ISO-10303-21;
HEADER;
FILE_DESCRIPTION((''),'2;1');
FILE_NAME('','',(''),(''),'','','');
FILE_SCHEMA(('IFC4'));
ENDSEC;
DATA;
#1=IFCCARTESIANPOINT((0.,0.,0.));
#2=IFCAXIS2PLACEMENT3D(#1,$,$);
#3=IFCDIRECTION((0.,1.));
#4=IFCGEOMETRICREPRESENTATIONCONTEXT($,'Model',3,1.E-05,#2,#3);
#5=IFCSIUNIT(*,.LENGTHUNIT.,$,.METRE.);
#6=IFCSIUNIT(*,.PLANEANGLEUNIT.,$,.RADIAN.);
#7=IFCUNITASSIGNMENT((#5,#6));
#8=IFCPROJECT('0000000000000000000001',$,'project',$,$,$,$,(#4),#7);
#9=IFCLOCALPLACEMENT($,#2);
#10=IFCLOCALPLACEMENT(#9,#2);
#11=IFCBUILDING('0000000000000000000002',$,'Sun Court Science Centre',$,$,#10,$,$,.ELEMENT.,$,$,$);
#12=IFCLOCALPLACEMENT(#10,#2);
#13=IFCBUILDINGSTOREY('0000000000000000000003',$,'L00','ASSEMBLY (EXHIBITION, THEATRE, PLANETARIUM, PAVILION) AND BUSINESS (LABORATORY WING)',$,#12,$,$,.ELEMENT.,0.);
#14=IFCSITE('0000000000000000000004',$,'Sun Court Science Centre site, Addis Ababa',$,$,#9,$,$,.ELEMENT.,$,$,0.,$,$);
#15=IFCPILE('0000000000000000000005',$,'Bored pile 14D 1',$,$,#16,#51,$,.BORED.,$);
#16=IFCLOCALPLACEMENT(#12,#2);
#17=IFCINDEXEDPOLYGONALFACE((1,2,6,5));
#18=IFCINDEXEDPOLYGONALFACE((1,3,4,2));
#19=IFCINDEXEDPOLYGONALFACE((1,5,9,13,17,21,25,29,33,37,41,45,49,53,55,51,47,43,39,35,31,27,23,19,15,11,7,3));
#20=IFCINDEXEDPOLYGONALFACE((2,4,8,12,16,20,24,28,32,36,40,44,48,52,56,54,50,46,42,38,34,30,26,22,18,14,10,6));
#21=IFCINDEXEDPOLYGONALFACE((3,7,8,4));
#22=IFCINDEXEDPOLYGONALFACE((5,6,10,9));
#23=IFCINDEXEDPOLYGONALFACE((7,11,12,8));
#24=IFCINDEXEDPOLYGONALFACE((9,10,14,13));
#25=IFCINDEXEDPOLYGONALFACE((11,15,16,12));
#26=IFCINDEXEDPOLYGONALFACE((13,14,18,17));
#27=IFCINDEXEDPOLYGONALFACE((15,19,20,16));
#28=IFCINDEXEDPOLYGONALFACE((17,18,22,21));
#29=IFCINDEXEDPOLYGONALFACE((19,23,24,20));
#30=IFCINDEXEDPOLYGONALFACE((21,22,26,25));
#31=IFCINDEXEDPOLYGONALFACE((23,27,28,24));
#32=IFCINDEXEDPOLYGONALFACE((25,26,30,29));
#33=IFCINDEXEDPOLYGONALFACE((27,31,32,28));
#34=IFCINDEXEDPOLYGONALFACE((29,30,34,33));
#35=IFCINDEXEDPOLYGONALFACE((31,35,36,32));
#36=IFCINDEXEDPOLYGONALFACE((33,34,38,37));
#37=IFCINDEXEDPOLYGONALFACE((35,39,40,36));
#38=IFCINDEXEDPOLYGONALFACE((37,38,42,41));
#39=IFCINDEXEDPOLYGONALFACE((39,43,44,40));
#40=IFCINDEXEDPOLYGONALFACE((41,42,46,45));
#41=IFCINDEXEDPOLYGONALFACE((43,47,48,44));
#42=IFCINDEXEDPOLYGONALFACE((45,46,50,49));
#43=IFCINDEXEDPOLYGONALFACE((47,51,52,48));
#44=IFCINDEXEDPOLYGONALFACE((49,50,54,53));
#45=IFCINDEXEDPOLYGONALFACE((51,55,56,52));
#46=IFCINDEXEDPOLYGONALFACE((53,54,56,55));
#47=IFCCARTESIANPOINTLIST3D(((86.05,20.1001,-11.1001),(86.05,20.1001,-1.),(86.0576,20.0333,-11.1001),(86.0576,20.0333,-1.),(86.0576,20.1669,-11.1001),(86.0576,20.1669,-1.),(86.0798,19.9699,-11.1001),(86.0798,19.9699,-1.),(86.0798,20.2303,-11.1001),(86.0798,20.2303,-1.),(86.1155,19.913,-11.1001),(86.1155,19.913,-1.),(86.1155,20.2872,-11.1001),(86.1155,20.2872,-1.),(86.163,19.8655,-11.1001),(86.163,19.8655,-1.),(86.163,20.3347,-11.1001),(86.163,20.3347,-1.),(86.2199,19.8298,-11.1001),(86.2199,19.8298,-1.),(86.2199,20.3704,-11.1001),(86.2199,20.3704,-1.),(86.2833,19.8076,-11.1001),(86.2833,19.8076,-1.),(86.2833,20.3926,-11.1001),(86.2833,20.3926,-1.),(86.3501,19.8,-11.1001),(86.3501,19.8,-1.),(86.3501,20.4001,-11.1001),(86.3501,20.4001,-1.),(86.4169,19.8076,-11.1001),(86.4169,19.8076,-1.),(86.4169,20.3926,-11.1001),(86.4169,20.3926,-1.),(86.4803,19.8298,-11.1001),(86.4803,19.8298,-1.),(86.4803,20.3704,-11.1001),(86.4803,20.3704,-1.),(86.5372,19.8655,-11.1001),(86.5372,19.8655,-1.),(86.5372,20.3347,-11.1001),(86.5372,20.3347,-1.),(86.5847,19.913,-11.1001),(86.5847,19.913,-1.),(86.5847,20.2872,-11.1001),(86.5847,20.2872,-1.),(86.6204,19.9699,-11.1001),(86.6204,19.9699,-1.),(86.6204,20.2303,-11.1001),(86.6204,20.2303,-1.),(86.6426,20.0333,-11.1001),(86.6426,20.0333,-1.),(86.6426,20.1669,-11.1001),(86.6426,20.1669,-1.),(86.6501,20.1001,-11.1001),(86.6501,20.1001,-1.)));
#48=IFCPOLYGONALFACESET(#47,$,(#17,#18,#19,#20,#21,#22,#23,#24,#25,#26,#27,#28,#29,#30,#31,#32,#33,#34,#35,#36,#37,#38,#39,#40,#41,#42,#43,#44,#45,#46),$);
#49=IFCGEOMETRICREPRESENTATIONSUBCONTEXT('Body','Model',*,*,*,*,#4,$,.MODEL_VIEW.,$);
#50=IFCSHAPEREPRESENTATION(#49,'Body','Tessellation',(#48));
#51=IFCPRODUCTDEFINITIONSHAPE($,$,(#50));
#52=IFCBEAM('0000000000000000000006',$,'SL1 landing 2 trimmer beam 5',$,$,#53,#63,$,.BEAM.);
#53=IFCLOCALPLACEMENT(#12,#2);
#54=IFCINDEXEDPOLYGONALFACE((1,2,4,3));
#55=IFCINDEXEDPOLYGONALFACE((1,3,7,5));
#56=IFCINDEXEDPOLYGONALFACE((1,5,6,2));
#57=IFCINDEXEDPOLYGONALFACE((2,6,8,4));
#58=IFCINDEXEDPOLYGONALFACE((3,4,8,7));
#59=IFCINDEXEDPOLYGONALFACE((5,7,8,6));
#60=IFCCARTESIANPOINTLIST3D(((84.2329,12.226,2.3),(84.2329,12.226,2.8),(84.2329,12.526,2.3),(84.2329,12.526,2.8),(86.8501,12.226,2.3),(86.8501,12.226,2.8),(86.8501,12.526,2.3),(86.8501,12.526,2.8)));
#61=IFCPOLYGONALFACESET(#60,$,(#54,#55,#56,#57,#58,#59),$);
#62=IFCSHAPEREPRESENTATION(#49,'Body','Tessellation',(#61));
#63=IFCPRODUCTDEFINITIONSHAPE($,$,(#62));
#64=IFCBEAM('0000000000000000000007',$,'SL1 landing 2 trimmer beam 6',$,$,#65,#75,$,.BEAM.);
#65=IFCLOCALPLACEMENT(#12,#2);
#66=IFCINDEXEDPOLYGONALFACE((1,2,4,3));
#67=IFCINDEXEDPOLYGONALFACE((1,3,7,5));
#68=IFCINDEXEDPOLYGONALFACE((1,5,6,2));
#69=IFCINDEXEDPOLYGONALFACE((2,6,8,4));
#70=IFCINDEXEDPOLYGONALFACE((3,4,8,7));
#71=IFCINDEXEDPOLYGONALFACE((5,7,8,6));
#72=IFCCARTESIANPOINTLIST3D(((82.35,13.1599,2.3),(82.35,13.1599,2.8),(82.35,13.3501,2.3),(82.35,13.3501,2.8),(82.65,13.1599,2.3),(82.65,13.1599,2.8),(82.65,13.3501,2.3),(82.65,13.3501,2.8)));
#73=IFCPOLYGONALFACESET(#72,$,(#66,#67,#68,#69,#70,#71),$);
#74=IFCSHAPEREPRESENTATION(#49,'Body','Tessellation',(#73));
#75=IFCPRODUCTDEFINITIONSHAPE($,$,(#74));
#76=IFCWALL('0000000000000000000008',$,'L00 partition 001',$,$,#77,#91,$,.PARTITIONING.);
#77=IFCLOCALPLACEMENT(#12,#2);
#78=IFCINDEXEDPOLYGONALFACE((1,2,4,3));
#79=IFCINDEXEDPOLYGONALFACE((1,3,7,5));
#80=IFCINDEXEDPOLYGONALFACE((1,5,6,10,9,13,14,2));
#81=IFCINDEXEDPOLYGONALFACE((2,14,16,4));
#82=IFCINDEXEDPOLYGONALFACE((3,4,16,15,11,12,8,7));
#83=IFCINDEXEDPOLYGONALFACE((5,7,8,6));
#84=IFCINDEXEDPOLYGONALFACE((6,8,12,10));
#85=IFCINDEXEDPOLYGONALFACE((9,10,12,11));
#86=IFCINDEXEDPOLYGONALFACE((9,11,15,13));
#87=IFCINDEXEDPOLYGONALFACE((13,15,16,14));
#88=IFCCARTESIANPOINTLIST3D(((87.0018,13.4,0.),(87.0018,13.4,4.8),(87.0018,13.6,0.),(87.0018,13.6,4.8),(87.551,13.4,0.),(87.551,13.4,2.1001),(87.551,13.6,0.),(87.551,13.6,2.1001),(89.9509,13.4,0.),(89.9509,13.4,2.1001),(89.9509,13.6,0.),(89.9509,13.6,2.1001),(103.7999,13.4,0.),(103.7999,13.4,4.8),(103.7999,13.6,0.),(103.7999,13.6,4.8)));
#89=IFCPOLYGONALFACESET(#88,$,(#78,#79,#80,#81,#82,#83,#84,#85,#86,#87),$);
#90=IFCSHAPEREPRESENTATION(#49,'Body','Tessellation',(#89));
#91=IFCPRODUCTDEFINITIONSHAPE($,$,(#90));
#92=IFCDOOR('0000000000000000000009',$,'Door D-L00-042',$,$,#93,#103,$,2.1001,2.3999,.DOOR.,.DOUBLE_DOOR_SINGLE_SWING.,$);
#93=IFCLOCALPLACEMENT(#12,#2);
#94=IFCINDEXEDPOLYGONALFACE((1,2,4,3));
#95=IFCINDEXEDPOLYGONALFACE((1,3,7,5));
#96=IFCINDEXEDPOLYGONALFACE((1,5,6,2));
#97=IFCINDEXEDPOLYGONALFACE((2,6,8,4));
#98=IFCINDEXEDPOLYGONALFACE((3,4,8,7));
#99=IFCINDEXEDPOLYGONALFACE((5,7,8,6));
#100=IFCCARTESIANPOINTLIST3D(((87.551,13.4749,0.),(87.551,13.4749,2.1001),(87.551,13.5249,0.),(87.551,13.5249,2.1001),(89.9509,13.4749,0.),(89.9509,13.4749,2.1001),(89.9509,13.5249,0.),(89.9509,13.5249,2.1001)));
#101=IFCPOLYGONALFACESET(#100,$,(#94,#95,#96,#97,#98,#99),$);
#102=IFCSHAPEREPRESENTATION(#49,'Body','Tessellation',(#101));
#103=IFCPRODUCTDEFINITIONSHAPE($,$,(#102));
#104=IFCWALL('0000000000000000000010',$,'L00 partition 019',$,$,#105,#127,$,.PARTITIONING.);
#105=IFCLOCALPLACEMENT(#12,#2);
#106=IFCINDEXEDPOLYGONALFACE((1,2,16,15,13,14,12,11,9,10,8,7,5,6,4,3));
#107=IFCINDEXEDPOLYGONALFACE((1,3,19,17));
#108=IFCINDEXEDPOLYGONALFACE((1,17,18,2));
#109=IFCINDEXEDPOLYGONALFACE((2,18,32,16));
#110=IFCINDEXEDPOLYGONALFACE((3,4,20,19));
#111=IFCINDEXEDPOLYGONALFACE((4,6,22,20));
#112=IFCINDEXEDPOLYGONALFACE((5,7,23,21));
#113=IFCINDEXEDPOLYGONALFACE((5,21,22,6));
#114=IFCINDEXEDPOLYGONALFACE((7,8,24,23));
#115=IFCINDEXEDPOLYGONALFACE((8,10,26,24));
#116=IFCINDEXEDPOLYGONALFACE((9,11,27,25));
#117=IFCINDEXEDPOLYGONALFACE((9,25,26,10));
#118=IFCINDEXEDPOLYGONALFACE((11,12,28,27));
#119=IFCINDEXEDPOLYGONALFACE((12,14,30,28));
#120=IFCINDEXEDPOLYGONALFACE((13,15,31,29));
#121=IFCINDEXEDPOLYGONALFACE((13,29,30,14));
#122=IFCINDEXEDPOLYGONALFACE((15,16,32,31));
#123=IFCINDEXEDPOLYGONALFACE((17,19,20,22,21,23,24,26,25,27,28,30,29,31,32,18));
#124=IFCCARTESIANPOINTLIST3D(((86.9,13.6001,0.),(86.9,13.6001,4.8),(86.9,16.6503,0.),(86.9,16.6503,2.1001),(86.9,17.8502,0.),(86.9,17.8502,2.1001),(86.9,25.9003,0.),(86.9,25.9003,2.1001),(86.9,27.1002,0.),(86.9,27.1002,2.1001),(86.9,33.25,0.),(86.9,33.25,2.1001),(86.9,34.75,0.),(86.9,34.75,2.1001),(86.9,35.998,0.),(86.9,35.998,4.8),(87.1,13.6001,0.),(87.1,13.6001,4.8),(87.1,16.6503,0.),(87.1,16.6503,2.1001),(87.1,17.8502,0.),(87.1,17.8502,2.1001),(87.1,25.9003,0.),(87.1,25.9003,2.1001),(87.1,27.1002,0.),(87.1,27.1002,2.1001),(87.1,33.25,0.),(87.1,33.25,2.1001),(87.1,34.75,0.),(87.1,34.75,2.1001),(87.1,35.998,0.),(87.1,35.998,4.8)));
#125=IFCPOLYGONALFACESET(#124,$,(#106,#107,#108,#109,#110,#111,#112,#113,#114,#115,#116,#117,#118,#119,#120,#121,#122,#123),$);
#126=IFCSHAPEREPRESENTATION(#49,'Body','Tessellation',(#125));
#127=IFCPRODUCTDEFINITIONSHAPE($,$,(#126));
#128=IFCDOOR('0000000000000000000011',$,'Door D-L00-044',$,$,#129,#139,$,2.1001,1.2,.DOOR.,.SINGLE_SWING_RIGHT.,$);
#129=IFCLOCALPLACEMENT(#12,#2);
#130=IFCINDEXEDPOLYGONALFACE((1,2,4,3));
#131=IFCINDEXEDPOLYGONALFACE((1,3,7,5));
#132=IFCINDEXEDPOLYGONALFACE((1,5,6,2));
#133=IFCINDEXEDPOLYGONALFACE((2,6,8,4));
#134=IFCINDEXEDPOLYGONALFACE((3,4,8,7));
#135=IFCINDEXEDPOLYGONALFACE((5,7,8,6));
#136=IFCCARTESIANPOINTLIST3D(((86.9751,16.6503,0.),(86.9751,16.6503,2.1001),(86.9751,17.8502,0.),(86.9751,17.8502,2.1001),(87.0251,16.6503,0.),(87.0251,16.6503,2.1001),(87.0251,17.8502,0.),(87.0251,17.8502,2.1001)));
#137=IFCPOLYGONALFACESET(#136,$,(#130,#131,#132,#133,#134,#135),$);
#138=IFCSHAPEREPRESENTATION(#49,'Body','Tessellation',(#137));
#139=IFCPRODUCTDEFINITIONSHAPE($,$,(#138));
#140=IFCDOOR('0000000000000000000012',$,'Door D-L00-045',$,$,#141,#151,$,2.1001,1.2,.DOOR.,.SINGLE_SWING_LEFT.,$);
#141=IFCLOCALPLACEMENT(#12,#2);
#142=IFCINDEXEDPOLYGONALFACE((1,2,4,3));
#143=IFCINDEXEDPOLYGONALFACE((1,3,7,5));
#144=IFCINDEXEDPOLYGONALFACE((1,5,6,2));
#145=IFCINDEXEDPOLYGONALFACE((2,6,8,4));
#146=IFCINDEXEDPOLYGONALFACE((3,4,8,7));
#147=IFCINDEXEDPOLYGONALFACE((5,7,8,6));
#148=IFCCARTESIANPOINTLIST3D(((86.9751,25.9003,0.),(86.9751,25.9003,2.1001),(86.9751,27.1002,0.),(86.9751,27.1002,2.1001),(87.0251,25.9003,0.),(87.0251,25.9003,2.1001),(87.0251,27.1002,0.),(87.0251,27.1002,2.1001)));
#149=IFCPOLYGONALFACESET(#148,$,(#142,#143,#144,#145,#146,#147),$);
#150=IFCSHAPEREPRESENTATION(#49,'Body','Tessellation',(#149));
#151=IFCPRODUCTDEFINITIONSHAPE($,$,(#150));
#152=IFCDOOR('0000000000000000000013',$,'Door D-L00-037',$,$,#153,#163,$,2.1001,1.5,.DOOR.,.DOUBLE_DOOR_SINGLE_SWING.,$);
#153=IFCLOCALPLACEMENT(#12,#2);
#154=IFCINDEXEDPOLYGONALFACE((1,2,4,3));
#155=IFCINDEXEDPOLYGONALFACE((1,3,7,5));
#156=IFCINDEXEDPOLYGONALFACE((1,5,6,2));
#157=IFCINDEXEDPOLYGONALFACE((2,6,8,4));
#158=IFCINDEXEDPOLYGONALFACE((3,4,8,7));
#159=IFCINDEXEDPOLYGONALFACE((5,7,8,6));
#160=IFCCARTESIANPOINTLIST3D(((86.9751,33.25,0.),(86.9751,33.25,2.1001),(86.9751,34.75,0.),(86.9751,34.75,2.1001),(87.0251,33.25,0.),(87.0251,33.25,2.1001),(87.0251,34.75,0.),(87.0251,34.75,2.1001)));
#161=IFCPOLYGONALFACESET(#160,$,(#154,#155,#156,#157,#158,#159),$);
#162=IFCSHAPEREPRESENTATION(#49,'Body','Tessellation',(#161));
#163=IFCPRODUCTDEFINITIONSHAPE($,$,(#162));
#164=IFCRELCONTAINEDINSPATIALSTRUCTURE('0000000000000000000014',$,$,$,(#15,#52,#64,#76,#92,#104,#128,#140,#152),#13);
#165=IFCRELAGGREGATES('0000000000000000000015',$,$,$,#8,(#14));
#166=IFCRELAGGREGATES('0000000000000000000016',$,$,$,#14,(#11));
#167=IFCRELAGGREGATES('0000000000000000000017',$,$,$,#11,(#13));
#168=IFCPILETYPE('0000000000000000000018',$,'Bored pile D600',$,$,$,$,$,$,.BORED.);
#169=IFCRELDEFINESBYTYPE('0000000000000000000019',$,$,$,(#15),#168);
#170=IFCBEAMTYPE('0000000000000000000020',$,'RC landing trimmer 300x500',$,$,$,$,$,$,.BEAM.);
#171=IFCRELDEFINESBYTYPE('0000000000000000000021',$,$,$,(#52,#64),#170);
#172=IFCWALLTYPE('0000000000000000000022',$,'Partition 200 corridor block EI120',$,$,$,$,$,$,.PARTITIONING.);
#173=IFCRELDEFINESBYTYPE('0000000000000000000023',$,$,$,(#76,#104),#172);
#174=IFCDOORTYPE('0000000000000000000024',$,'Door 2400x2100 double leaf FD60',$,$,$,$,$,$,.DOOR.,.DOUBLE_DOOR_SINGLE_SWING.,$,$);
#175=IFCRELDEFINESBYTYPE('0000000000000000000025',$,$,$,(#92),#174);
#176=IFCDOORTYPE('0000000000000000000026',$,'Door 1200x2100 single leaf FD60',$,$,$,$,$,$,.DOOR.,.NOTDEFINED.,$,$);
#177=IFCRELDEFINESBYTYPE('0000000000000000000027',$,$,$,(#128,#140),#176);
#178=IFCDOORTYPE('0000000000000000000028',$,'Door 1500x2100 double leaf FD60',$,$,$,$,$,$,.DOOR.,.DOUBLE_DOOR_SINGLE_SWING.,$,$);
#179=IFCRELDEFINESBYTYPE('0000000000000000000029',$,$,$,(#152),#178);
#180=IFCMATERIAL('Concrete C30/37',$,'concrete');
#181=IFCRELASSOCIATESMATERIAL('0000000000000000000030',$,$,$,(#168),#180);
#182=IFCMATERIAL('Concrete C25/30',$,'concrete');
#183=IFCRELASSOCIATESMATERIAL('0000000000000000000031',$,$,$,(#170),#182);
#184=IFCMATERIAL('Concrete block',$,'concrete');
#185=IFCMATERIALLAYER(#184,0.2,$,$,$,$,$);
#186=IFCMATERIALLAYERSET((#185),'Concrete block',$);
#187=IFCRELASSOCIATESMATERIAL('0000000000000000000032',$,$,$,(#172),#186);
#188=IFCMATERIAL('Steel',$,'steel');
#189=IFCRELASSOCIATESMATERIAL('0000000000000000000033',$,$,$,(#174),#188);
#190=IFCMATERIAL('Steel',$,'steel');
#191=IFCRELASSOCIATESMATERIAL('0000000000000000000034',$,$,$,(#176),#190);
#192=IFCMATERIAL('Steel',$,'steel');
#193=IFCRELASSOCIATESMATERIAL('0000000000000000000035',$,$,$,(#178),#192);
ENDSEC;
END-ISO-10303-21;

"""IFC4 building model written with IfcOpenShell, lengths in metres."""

from ifc_helpers import new_model, si_unit, direction, frame, frame_2d, origin, origin_2d, place, context, subcontext, project, spatial, rectangle, circle, extrude, material, layer, layer_set, material_profile, profile_set, type_object, element, fill, save


model = new_model("IFC4")

# Units and contexts
model_context = context("Model", 3, precision=1e-05, world=origin(), true_north=direction((0.0, 1.0)))
body_context = subcontext(model_context, "Body", "Model", "MODEL_VIEW")
ifc_project = project(units=[si_unit("LENGTHUNIT", "METRE"), si_unit("PLANEANGLEUNIT", "RADIAN")], contexts=[model_context])

# Site, building, storey
site_placement = place(None, origin())
site = spatial("IfcSite", under=ifc_project, at=site_placement, Name="Sun Court Science Centre site, Addis Ababa", CompositionType="ELEMENT", RefElevation=0.0)
building_placement = place(site_placement, origin())
building = spatial("IfcBuilding", under=site, at=building_placement, Name="Sun Court Science Centre", CompositionType="ELEMENT")
storey_placement = place(building_placement, origin())
storey = spatial("IfcBuildingStorey", under=building, at=storey_placement, Name="L00", Description="ASSEMBLY (EXHIBITION, THEATRE, PLANETARIUM, PAVILION) AND BUSINESS (LABORATORY WING)", CompositionType="ELEMENT", Elevation=0.0)

# Pile
ifc_material_1 = material(Name="Concrete C30/37", Category="concrete")
ifc_material_profile_1 = material_profile(ifc_material_1, circle(Radius=0.3, at=origin_2d()), Name="RC D600")
ifc_profile_set_1 = profile_set([ifc_material_profile_1], Name="Concrete C30/37")
pile_type = type_object("IfcPileType", Name="Bored pile D600", PredefinedType="BORED", material=ifc_profile_set_1)
pile_placement = place(storey_placement, frame((86.3501, 20.1001, -1.0), z_axis=(0.0, 0.0, -1.0), x_axis=(1.0, 0.0, 0.0)))
element("IfcPile", 1, at=pile_placement, inside=storey, type_object=pile_type, Name="Bored pile 14D 1", PredefinedType="BORED", context=body_context, shape_type="SweptSolid", body=[
    extrude(circle(Radius=0.3, at=origin_2d()), origin(), (0.0, 0.0, 1.0), 10.1001),
])

# Beams
ifc_material_2 = material(Name="Concrete C25/30", Category="concrete")
ifc_material_profile_2 = material_profile(ifc_material_2, rectangle(XDim=0.3, YDim=0.5, at=origin_2d()), Name="RC 300x500")
ifc_profile_set_2 = profile_set([ifc_material_profile_2], Name="Concrete C25/30")
beam_type = type_object("IfcBeamType", Name="RC landing trimmer 300x500", PredefinedType="BEAM", material=ifc_profile_set_2)
beam_1_placement = place(storey_placement, frame((86.8501, 12.376, 2.55), z_axis=(-1.0, 0.0, 0.0), x_axis=(0.0, -1.0, 0.0)))
element("IfcBeam", 2, at=beam_1_placement, inside=storey, type_object=beam_type, Name="SL1 landing 2 trimmer beam 5", PredefinedType="BEAM", context=body_context, shape_type="SweptSolid", body=[
    extrude(rectangle(XDim=0.3, YDim=0.5, at=origin_2d()), origin(), (0.0, 0.0, 1.0), 2.6172),
])
beam_2_placement = place(storey_placement, frame((82.5, 13.3501, 2.55), z_axis=(0.0, -1.0, 0.0), x_axis=(1.0, 0.0, 0.0)))
element("IfcBeam", 3, at=beam_2_placement, inside=storey, type_object=beam_type, Name="SL1 landing 2 trimmer beam 6", PredefinedType="BEAM", context=body_context, shape_type="SweptSolid", body=[
    extrude(rectangle(XDim=0.3, YDim=0.5, at=origin_2d()), origin(), (0.0, 0.0, 1.0), 0.1902),
])

# Wall, opening, door
ifc_material_3 = material(Name="Concrete block", Category="concrete")
ifc_layer = layer(ifc_material_3, 0.2)
ifc_layer_set = layer_set([ifc_layer], Name="Concrete block")
wall_type = type_object("IfcWallType", Name="Partition 200 corridor block EI120", PredefinedType="PARTITIONING", material=ifc_layer_set)
wall_1_placement = place(storey_placement, frame((87.002, 13.5, 0.0), z_axis=(0.0, 0.0, 1.0), x_axis=(1.0, 0.0, 0.0)))
wall_1 = element("IfcWall", 4, at=wall_1_placement, inside=storey, type_object=wall_type, Name="L00 partition 001", PredefinedType="PARTITIONING", context=body_context, shape_type="SweptSolid", body=[
    extrude(rectangle(XDim=16.7981, YDim=0.2, at=frame_2d((8.3989, 0.0))), origin(), (0.0, 0.0, 1.0), 4.8),
])
opening_1_placement = place(wall_1_placement, frame((0.5491, 0.0, 0.0)))
opening_1 = element("IfcOpeningElement", 5, at=opening_1_placement, cuts=wall_1, PredefinedType="OPENING", context=body_context, shape_type="SweptSolid", body=[
    extrude(rectangle(XDim=2.3999, YDim=2.1001, at=frame_2d((1.2, 1.05))), frame((0.0, 0.1099, 0.0), z_axis=(0.0, -1.0, 0.0), x_axis=(1.0, 0.0, 0.0)), (0.0, 0.0, 1.0), 0.22),
])
ifc_material_4 = material(Name="Steel", Category="steel")
door_type_1 = type_object("IfcDoorType", Name="Door 2400x2100 double leaf FD60", OperationType="DOUBLE_DOOR_SINGLE_SWING", PredefinedType="DOOR", material=ifc_material_4)
door_1_placement = place(opening_1_placement, origin())
door_1 = element("IfcDoor", 6, at=door_1_placement, inside=storey, type_object=door_type_1, Name="Door D-L00-042", OperationType="DOUBLE_DOOR_SINGLE_SWING", OverallHeight=2.1001, OverallWidth=2.3999, PredefinedType="DOOR", context=body_context, shape_type="SweptSolid", body=[
    extrude(rectangle(XDim=2.3999, YDim=2.1001, at=frame_2d((1.2, 1.05))), frame((0.0, 0.0249, 0.0), z_axis=(0.0, -1.0, 0.0), x_axis=(1.0, 0.0, 0.0)), (0.0, 0.0, 1.0), 0.05),
])
fill(opening_1, door_1)

# Wall, openings, doors
wall_2_placement = place(storey_placement, frame((87.0, 13.6001, 0.0), z_axis=(0.0, 0.0, 1.0), x_axis=(0.0, 1.0, 0.0)))
wall_2 = element("IfcWall", 7, at=wall_2_placement, inside=storey, type_object=wall_type, Name="L00 partition 019", PredefinedType="PARTITIONING", context=body_context, shape_type="SweptSolid", body=[
    extrude(rectangle(XDim=22.3979, YDim=0.2, at=frame_2d((11.199, 0.0))), origin(), (0.0, 0.0, 1.0), 4.8),
])
opening_2_placement = place(wall_2_placement, frame((19.6499, 0.0, 0.0)))
opening_2 = element("IfcOpeningElement", 8, at=opening_2_placement, cuts=wall_2, PredefinedType="OPENING", context=body_context, shape_type="SweptSolid", body=[
    extrude(rectangle(XDim=1.5, YDim=2.1001, at=frame_2d((0.75, 1.05))), frame((0.0, 0.1099, 0.0), z_axis=(0.0, -1.0, 0.0), x_axis=(1.0, 0.0, 0.0)), (0.0, 0.0, 1.0), 0.22),
])
opening_3_placement = place(wall_2_placement, frame((3.05, 0.0, 0.0)))
opening_3 = element("IfcOpeningElement", 9, at=opening_3_placement, cuts=wall_2, PredefinedType="OPENING", context=body_context, shape_type="SweptSolid", body=[
    extrude(rectangle(XDim=1.2, YDim=2.1001, at=frame_2d((0.6001, 1.05))), frame((0.0, 0.1099, 0.0), z_axis=(0.0, -1.0, 0.0), x_axis=(1.0, 0.0, 0.0)), (0.0, 0.0, 1.0), 0.22),
])
opening_4_placement = place(wall_2_placement, frame((12.3, 0.0, 0.0)))
opening_4 = element("IfcOpeningElement", 10, at=opening_4_placement, cuts=wall_2, PredefinedType="OPENING", context=body_context, shape_type="SweptSolid", body=[
    extrude(rectangle(XDim=1.2, YDim=2.1001, at=frame_2d((0.6001, 1.05))), frame((0.0, 0.1099, 0.0), z_axis=(0.0, -1.0, 0.0), x_axis=(1.0, 0.0, 0.0)), (0.0, 0.0, 1.0), 0.22),
])
ifc_material_5 = material(Name="Steel", Category="steel")
door_type_2 = type_object("IfcDoorType", Name="Door 1200x2100 single leaf FD60", OperationType="NOTDEFINED", PredefinedType="DOOR", material=ifc_material_5)
door_2_placement = place(opening_3_placement, origin())
door_2 = element("IfcDoor", 11, at=door_2_placement, inside=storey, type_object=door_type_2, Name="Door D-L00-044", OperationType="SINGLE_SWING_RIGHT", OverallHeight=2.1001, OverallWidth=1.2, PredefinedType="DOOR", context=body_context, shape_type="SweptSolid", body=[
    extrude(rectangle(XDim=1.2, YDim=2.1001, at=frame_2d((0.6001, 1.05))), frame((0.0, 0.0249, 0.0), z_axis=(0.0, -1.0, 0.0), x_axis=(1.0, 0.0, 0.0)), (0.0, 0.0, 1.0), 0.05),
])
fill(opening_3, door_2)
door_3_placement = place(opening_4_placement, origin())
door_3 = element("IfcDoor", 12, at=door_3_placement, inside=storey, type_object=door_type_2, Name="Door D-L00-045", OperationType="SINGLE_SWING_LEFT", OverallHeight=2.1001, OverallWidth=1.2, PredefinedType="DOOR", context=body_context, shape_type="SweptSolid", body=[
    extrude(rectangle(XDim=1.2, YDim=2.1001, at=frame_2d((0.6001, 1.05))), frame((0.0, 0.0249, 0.0), z_axis=(0.0, -1.0, 0.0), x_axis=(1.0, 0.0, 0.0)), (0.0, 0.0, 1.0), 0.05),
])
fill(opening_4, door_3)
ifc_material_6 = material(Name="Steel", Category="steel")
door_type_3 = type_object("IfcDoorType", Name="Door 1500x2100 double leaf FD60", OperationType="DOUBLE_DOOR_SINGLE_SWING", PredefinedType="DOOR", material=ifc_material_6)
door_4_placement = place(opening_2_placement, origin())
door_4 = element("IfcDoor", 13, at=door_4_placement, inside=storey, type_object=door_type_3, Name="Door D-L00-037", OperationType="DOUBLE_DOOR_SINGLE_SWING", OverallHeight=2.1001, OverallWidth=1.5, PredefinedType="DOOR", context=body_context, shape_type="SweptSolid", body=[
    extrude(rectangle(XDim=1.5, YDim=2.1001, at=frame_2d((0.75, 1.05))), frame((0.0, 0.0249, 0.0), z_axis=(0.0, -1.0, 0.0), x_axis=(1.0, 0.0, 0.0)), (0.0, 0.0, 1.0), 0.05),
])
fill(opening_2, door_4)

save(model, "model.ifc")
